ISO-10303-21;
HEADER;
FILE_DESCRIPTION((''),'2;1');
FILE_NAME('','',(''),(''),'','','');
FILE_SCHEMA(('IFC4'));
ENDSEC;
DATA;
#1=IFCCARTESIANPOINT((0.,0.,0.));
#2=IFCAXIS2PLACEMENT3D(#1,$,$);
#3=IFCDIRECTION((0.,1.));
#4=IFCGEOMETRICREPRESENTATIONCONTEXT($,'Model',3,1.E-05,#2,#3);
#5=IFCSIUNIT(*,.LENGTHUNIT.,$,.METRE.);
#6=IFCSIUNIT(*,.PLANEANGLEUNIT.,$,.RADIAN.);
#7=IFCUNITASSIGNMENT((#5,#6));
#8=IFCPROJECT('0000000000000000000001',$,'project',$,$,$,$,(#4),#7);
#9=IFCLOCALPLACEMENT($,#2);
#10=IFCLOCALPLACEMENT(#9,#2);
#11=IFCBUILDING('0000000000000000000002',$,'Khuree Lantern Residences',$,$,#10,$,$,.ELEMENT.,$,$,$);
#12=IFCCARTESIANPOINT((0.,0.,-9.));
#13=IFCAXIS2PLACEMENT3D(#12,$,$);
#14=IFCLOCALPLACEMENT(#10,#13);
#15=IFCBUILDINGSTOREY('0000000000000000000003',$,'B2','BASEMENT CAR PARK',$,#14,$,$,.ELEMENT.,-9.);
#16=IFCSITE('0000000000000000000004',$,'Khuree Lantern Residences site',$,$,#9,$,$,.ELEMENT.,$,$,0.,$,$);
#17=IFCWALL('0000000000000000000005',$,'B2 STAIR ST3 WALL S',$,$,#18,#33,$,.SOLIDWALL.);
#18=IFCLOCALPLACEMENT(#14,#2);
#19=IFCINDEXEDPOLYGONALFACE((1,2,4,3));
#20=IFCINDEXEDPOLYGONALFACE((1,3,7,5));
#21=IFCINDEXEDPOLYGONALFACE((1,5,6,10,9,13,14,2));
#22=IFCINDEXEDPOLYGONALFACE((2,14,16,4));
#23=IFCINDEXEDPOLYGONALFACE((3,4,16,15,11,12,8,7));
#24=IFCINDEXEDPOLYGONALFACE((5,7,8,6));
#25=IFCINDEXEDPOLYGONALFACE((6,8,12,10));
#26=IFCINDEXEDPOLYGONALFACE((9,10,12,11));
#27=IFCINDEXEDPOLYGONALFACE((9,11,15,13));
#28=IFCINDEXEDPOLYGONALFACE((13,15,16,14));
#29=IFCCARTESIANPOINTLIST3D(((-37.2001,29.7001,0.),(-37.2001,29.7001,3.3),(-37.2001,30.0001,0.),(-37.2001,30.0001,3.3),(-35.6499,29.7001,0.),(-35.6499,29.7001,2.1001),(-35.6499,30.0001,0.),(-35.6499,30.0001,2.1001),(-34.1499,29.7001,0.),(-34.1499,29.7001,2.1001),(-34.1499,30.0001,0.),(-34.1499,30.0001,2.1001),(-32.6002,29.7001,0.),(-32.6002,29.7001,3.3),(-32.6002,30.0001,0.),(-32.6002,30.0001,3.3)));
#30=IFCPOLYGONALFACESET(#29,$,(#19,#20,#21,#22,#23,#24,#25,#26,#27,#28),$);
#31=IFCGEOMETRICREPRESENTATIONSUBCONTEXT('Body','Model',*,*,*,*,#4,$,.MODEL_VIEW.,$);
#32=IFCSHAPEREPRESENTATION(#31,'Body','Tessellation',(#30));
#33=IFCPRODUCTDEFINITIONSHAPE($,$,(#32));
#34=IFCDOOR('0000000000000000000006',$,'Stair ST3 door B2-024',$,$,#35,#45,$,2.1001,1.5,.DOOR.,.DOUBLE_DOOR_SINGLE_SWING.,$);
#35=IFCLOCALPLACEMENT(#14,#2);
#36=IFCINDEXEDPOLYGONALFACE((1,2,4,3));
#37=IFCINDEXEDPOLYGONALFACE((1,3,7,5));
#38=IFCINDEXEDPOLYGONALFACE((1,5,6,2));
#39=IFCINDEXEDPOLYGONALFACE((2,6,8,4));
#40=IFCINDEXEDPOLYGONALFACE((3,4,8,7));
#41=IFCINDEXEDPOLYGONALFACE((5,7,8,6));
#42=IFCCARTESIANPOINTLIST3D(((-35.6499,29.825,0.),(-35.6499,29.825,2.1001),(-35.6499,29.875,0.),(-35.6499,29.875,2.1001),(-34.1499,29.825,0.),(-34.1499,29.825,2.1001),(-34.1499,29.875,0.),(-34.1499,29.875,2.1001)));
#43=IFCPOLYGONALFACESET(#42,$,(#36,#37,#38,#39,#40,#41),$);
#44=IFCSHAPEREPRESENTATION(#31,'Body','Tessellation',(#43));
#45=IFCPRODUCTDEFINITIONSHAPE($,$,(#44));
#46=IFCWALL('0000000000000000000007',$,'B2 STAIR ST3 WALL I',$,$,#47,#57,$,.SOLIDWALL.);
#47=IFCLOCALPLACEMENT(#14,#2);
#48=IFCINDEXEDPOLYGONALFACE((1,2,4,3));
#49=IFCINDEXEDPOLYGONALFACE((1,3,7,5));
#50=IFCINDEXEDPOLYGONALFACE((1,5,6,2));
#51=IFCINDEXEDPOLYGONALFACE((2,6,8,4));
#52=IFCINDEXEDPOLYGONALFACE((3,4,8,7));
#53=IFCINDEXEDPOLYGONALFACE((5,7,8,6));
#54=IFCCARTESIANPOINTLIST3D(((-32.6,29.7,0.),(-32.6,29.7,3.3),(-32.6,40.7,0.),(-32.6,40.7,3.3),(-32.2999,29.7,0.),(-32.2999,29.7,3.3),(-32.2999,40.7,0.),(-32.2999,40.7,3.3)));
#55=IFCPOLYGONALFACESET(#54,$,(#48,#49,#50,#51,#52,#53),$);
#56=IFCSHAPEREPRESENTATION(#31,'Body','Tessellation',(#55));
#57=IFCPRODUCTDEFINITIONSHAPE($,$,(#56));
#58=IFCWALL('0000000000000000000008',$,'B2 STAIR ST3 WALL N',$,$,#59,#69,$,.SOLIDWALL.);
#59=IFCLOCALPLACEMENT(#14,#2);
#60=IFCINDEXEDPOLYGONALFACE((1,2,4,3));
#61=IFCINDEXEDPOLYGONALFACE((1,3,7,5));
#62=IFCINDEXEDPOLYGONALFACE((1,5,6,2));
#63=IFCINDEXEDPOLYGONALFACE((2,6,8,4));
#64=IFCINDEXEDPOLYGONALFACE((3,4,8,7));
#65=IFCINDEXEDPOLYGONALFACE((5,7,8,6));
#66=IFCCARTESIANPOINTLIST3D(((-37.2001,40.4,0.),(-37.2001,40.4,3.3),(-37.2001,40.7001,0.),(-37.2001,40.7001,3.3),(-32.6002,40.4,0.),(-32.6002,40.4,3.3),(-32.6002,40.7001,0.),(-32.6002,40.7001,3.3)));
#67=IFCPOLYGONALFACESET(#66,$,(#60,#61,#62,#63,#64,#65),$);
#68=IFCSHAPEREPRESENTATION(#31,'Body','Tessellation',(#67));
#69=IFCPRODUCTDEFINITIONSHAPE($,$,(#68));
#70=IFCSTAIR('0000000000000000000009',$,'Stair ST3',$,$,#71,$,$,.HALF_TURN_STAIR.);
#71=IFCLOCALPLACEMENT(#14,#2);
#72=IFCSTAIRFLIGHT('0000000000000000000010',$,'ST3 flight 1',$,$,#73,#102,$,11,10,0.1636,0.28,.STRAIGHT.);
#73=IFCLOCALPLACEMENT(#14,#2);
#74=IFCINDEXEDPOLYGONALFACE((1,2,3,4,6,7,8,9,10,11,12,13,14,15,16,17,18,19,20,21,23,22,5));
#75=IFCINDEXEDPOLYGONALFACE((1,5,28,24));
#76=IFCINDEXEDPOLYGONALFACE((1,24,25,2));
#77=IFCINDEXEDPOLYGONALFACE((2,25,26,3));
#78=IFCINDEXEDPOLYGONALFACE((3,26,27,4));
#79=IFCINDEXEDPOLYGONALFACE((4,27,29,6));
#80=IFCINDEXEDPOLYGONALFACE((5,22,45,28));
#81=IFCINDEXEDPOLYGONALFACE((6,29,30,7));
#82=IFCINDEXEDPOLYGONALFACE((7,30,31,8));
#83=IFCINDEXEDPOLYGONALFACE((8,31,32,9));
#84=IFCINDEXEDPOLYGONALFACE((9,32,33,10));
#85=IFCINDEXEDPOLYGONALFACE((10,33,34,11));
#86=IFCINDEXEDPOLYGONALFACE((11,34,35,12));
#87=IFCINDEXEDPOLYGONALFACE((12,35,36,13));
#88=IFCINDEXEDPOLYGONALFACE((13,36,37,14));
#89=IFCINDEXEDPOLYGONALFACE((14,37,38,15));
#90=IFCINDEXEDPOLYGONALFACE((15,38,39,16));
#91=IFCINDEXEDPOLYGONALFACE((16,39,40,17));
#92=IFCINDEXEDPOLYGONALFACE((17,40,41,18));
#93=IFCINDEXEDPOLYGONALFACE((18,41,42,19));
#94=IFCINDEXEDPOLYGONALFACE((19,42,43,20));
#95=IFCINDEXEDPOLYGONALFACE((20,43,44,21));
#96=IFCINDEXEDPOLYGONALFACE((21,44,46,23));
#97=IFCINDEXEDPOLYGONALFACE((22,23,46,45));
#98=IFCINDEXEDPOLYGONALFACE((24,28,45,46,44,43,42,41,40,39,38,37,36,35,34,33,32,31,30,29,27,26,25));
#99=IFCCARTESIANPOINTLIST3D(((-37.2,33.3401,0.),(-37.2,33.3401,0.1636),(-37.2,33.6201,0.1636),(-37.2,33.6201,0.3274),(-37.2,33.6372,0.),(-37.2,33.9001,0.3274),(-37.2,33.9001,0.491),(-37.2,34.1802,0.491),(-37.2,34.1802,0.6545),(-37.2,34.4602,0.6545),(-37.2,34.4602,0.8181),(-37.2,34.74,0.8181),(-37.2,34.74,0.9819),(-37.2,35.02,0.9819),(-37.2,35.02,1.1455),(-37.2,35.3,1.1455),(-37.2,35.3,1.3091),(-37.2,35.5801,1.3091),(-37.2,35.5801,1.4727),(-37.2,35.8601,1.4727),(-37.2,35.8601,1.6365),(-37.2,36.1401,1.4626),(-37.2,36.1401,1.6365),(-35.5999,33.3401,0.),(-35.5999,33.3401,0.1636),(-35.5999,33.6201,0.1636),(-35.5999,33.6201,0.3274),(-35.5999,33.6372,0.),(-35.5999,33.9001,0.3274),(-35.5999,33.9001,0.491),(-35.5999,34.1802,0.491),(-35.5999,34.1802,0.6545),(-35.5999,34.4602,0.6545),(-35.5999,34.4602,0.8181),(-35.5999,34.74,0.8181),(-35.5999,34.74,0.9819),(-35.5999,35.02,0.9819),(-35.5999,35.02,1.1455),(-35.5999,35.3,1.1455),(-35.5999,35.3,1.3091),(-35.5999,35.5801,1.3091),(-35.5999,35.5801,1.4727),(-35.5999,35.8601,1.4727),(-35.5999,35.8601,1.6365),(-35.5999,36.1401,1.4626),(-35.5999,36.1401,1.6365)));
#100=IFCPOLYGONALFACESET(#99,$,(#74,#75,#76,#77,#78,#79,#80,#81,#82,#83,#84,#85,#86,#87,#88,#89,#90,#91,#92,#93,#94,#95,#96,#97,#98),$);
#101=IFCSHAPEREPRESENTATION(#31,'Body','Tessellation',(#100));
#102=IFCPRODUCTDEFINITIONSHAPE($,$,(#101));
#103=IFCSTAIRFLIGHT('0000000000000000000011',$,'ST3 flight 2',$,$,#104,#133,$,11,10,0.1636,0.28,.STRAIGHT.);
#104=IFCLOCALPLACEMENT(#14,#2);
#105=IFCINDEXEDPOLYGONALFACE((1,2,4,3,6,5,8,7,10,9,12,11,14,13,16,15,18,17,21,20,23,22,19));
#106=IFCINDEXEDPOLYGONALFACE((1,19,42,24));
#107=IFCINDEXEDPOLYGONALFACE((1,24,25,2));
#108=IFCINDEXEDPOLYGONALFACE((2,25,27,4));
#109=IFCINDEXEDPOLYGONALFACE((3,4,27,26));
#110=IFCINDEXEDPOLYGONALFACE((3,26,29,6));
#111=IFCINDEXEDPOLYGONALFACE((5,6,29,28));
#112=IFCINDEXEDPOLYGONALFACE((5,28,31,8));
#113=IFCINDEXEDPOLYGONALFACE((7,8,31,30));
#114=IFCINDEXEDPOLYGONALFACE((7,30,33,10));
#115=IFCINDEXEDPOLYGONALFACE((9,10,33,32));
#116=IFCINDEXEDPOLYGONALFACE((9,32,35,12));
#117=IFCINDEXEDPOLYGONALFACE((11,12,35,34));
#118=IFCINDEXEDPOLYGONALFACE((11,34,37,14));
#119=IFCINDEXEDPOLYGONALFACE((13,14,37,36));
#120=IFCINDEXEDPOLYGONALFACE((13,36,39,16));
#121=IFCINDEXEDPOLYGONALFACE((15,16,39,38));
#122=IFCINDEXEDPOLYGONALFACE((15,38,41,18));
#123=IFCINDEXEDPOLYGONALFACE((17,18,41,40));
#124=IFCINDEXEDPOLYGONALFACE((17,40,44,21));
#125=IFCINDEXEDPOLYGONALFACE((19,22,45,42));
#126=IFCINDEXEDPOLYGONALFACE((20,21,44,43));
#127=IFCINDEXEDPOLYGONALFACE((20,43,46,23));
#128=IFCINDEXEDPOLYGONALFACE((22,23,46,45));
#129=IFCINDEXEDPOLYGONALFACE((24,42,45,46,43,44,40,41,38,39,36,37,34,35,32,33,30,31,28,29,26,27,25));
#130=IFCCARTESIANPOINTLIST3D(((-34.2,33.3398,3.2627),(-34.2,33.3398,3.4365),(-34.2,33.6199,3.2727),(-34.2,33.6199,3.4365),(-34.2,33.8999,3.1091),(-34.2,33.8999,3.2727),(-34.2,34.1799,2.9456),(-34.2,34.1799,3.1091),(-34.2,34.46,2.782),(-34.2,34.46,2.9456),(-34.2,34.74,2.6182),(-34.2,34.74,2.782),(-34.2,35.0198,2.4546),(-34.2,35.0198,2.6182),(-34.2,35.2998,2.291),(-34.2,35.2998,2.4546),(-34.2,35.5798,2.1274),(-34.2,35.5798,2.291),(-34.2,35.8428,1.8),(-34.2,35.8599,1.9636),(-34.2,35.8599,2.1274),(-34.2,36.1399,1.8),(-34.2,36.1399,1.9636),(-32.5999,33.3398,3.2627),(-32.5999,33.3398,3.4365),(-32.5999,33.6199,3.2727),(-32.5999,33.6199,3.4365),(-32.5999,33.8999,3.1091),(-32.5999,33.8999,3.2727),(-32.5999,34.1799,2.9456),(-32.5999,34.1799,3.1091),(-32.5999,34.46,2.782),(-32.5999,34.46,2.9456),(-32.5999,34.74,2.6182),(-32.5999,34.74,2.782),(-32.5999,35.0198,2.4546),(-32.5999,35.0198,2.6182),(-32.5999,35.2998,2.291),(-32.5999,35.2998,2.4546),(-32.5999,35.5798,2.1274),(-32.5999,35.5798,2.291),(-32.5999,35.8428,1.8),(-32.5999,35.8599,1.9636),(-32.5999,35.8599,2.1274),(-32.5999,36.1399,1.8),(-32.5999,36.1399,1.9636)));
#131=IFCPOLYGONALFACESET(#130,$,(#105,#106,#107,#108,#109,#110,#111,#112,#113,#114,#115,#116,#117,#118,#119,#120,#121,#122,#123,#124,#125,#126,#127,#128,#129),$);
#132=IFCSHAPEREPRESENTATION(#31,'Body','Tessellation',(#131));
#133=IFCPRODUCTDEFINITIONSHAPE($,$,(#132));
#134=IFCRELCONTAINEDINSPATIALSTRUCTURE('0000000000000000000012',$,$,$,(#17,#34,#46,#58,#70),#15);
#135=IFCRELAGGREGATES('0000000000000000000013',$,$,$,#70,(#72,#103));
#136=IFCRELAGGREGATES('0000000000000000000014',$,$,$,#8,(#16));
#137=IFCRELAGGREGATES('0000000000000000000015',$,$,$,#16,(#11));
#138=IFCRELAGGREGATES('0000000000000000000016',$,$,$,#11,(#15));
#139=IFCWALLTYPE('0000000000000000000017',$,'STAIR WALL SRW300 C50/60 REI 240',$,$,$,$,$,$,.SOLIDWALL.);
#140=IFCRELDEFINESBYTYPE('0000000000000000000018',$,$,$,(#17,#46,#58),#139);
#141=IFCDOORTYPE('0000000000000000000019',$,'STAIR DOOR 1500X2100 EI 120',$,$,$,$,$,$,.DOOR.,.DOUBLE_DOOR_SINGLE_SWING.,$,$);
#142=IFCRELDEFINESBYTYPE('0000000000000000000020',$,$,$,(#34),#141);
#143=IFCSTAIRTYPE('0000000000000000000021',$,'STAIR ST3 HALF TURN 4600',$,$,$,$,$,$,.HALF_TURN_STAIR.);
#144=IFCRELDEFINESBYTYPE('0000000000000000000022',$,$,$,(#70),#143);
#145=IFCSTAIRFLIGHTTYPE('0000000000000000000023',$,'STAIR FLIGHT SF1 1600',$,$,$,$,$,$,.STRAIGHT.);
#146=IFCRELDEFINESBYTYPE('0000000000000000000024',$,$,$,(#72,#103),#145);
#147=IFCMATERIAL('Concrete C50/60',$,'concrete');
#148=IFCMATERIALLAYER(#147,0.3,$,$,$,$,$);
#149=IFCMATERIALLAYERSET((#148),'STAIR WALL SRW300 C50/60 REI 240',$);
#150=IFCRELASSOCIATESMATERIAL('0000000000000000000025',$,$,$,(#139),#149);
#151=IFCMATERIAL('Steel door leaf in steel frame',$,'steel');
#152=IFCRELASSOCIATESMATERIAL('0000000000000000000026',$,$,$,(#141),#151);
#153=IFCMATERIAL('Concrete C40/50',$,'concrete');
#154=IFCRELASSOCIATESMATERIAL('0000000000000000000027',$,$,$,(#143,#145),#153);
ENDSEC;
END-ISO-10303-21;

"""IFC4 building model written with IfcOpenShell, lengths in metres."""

from ifc_helpers import new_model, si_unit, direction, frame, frame_2d, origin, place, context, subcontext, project, spatial, polyline, rectangle, outline, extrude, material, layer, layer_set, type_object, element, fill, aggregate, save


model = new_model("IFC4")

# Units and contexts
model_context = context("Model", 3, precision=1e-05, world=origin(), true_north=direction((0.0, 1.0)))
body_context = subcontext(model_context, "Body", "Model", "MODEL_VIEW")
ifc_project = project(units=[si_unit("LENGTHUNIT", "METRE"), si_unit("PLANEANGLEUNIT", "RADIAN")], contexts=[model_context])

# Site, building, storey
site_placement = place(None, origin())
site = spatial("IfcSite", under=ifc_project, at=site_placement, Name="Khuree Lantern Residences site", CompositionType="ELEMENT", RefElevation=0.0)
building_placement = place(site_placement, origin())
building = spatial("IfcBuilding", under=site, at=building_placement, Name="Khuree Lantern Residences", CompositionType="ELEMENT")
storey_placement = place(building_placement, frame((0.0, 0.0, -9.0)))
storey = spatial("IfcBuildingStorey", under=building, at=storey_placement, Name="B2", Description="BASEMENT CAR PARK", CompositionType="ELEMENT", Elevation=-9.0)

# Shared definitions
ifc_material_1 = material(Name="Concrete C40/50", Category="concrete")

# Wall, opening, door
ifc_material_2 = material(Name="Concrete C50/60", Category="concrete")
ifc_layer_1 = layer(ifc_material_2, 0.3)
ifc_layer_set_1 = layer_set([ifc_layer_1], Name="STAIR WALL SRW300 C50/60 REI 240")
wall_type_1 = type_object("IfcWallType", Name="STAIR WALL SRW300 C50/60 REI 240", PredefinedType="SOLIDWALL", material=ifc_layer_set_1)
wall_1_placement = place(storey_placement, frame((-37.2, 29.8501, 0.0), z_axis=(0.0, 0.0, 1.0), x_axis=(1.0, 0.0, 0.0)))
wall_1 = element("IfcWall", 1, at=wall_1_placement, inside=storey, type_object=wall_type_1, Name="B2 STAIR ST3 WALL S", PredefinedType="SOLIDWALL", context=body_context, shape_type="SweptSolid", body=[
    extrude(rectangle(XDim=4.5999, YDim=0.3, at=frame_2d((2.2998, 0.0))), origin(), (0.0, 0.0, 1.0), 3.3),
])
opening_placement = place(wall_1_placement, frame((1.55, 0.0, 0.0)))
opening = element("IfcOpeningElement", 2, at=opening_placement, cuts=wall_1, PredefinedType="OPENING", context=body_context, shape_type="SweptSolid", body=[
    extrude(rectangle(XDim=1.5, YDim=2.1001, at=frame_2d((0.75, 1.05))), frame((0.0, 0.1602, 0.0), z_axis=(0.0, -1.0, 0.0), x_axis=(1.0, 0.0, 0.0)), (0.0, 0.0, 1.0), 0.3201),
])
ifc_material_3 = material(Name="Steel door leaf in steel frame", Category="steel")
door_type = type_object("IfcDoorType", Name="STAIR DOOR 1500X2100 EI 120", OperationType="DOUBLE_DOOR_SINGLE_SWING", PredefinedType="DOOR", material=ifc_material_3)
door_placement = place(opening_placement, origin())
door = element("IfcDoor", 3, at=door_placement, inside=storey, type_object=door_type, Name="Stair ST3 door B2-024", OperationType="DOUBLE_DOOR_SINGLE_SWING", OverallHeight=2.1001, OverallWidth=1.5, PredefinedType="DOOR", context=body_context, shape_type="SweptSolid", body=[
    extrude(rectangle(XDim=1.5, YDim=2.1001, at=frame_2d((0.75, 1.05))), frame((0.0, 0.0249, 0.0), z_axis=(0.0, -1.0, 0.0), x_axis=(1.0, 0.0, 0.0)), (0.0, 0.0, 1.0), 0.05),
])
fill(opening, door)

# Walls
wall_2_placement = place(storey_placement, frame((-32.45, 29.7, 0.0), z_axis=(0.0, 0.0, 1.0), x_axis=(0.0, 1.0, 0.0)))
element("IfcWall", 4, at=wall_2_placement, inside=storey, type_object=wall_type_1, Name="B2 STAIR ST3 WALL I", PredefinedType="SOLIDWALL", context=body_context, shape_type="SweptSolid", body=[
    extrude(rectangle(XDim=11.0, YDim=0.3, at=frame_2d((5.5, 0.0))), origin(), (0.0, 0.0, 1.0), 3.3),
])
wall_3_placement = place(storey_placement, frame((-37.2, 40.55, 0.0), z_axis=(0.0, 0.0, 1.0), x_axis=(1.0, 0.0, 0.0)))
element("IfcWall", 5, at=wall_3_placement, inside=storey, type_object=wall_type_1, Name="B2 STAIR ST3 WALL N", PredefinedType="SOLIDWALL", context=body_context, shape_type="SweptSolid", body=[
    extrude(rectangle(XDim=4.5999, YDim=0.3, at=frame_2d((2.2998, 0.0))), origin(), (0.0, 0.0, 1.0), 3.3),
])

# Stair, stair flights
stair_type = type_object("IfcStairType", Name="STAIR ST3 HALF TURN 4600", PredefinedType="HALF_TURN_STAIR", material=ifc_material_1)
stair_placement = place(storey_placement, origin())
stair = element("IfcStair", 6, at=stair_placement, inside=storey, type_object=stair_type, Name="Stair ST3", PredefinedType="HALF_TURN_STAIR")
stair_flight_type = type_object("IfcStairFlightType", Name="STAIR FLIGHT SF1 1600", PredefinedType="STRAIGHT", material=ifc_material_1)
stair_flight_1_placement = place(storey_placement, frame((-36.3999, 33.3401, 0.0), z_axis=(0.0, 0.0, 1.0), x_axis=(0.0, 1.0, 0.0)))
stair_flight_1 = element("IfcStairFlight", 7, at=stair_flight_1_placement, type_object=stair_flight_type, Name="ST3 flight 1", NumberOfRisers=11, NumberOfTreads=10, PredefinedType="STRAIGHT", RiserHeight=0.1636, TreadLength=0.28, context=body_context, shape_type="SweptSolid", body=[
    extrude(outline(polyline([(0.0, 0.0), (0.0, 0.1636), (0.28, 0.1636), (0.28, 0.3274), (0.5601, 0.3274), (0.5601, 0.491), (0.8401, 0.491), (0.8401, 0.6545), (1.1201, 0.6545), (1.1201, 0.8181), (1.3999, 0.8181), (1.3999, 0.9819), (1.6799, 0.9819), (1.6799, 1.1455), (1.96, 1.1455), (1.96, 1.3091), (2.24, 1.3091), (2.24, 1.4727), (2.52, 1.4727), (2.52, 1.6365), (2.8, 1.6365), (2.8, 1.8), (2.8, 1.4626), (0.2971, 0.0), (0.0, 0.0)])), frame((0.0, 0.8, 0.0), z_axis=(0.0, -1.0, 0.0), x_axis=(1.0, 0.0, 0.0)), (0.0, 0.0, 1.0), 1.6001),
])
stair_flight_2_placement = place(storey_placement, frame((-33.3999, 36.1399, 1.8), z_axis=(0.0, 0.0, 1.0), x_axis=(0.0, -1.0, 0.0)))
stair_flight_2 = element("IfcStairFlight", 8, at=stair_flight_2_placement, type_object=stair_flight_type, Name="ST3 flight 2", NumberOfRisers=11, NumberOfTreads=10, PredefinedType="STRAIGHT", RiserHeight=0.1636, TreadLength=0.28, context=body_context, shape_type="SweptSolid", body=[
    extrude(outline(polyline([(0.0, 0.0), (0.0, 0.1636), (0.28, 0.1636), (0.28, 0.3274), (0.5601, 0.3274), (0.5601, 0.491), (0.8401, 0.491), (0.8401, 0.6545), (1.1201, 0.6545), (1.1201, 0.8181), (1.3999, 0.8181), (1.3999, 0.9819), (1.6799, 0.9819), (1.6799, 1.1455), (1.96, 1.1455), (1.96, 1.3091), (2.24, 1.3091), (2.24, 1.4727), (2.52, 1.4727), (2.52, 1.6365), (2.8, 1.6365), (2.8, 1.8), (2.8, 1.4626), (0.2971, 0.0), (0.0, 0.0)])), frame((0.0, 0.8, 0.0), z_axis=(0.0, -1.0, 0.0), x_axis=(1.0, 0.0, 0.0)), (0.0, 0.0, 1.0), 1.6001),
])
aggregate(stair, [stair_flight_1, stair_flight_2])

save(model, "model.ifc")
